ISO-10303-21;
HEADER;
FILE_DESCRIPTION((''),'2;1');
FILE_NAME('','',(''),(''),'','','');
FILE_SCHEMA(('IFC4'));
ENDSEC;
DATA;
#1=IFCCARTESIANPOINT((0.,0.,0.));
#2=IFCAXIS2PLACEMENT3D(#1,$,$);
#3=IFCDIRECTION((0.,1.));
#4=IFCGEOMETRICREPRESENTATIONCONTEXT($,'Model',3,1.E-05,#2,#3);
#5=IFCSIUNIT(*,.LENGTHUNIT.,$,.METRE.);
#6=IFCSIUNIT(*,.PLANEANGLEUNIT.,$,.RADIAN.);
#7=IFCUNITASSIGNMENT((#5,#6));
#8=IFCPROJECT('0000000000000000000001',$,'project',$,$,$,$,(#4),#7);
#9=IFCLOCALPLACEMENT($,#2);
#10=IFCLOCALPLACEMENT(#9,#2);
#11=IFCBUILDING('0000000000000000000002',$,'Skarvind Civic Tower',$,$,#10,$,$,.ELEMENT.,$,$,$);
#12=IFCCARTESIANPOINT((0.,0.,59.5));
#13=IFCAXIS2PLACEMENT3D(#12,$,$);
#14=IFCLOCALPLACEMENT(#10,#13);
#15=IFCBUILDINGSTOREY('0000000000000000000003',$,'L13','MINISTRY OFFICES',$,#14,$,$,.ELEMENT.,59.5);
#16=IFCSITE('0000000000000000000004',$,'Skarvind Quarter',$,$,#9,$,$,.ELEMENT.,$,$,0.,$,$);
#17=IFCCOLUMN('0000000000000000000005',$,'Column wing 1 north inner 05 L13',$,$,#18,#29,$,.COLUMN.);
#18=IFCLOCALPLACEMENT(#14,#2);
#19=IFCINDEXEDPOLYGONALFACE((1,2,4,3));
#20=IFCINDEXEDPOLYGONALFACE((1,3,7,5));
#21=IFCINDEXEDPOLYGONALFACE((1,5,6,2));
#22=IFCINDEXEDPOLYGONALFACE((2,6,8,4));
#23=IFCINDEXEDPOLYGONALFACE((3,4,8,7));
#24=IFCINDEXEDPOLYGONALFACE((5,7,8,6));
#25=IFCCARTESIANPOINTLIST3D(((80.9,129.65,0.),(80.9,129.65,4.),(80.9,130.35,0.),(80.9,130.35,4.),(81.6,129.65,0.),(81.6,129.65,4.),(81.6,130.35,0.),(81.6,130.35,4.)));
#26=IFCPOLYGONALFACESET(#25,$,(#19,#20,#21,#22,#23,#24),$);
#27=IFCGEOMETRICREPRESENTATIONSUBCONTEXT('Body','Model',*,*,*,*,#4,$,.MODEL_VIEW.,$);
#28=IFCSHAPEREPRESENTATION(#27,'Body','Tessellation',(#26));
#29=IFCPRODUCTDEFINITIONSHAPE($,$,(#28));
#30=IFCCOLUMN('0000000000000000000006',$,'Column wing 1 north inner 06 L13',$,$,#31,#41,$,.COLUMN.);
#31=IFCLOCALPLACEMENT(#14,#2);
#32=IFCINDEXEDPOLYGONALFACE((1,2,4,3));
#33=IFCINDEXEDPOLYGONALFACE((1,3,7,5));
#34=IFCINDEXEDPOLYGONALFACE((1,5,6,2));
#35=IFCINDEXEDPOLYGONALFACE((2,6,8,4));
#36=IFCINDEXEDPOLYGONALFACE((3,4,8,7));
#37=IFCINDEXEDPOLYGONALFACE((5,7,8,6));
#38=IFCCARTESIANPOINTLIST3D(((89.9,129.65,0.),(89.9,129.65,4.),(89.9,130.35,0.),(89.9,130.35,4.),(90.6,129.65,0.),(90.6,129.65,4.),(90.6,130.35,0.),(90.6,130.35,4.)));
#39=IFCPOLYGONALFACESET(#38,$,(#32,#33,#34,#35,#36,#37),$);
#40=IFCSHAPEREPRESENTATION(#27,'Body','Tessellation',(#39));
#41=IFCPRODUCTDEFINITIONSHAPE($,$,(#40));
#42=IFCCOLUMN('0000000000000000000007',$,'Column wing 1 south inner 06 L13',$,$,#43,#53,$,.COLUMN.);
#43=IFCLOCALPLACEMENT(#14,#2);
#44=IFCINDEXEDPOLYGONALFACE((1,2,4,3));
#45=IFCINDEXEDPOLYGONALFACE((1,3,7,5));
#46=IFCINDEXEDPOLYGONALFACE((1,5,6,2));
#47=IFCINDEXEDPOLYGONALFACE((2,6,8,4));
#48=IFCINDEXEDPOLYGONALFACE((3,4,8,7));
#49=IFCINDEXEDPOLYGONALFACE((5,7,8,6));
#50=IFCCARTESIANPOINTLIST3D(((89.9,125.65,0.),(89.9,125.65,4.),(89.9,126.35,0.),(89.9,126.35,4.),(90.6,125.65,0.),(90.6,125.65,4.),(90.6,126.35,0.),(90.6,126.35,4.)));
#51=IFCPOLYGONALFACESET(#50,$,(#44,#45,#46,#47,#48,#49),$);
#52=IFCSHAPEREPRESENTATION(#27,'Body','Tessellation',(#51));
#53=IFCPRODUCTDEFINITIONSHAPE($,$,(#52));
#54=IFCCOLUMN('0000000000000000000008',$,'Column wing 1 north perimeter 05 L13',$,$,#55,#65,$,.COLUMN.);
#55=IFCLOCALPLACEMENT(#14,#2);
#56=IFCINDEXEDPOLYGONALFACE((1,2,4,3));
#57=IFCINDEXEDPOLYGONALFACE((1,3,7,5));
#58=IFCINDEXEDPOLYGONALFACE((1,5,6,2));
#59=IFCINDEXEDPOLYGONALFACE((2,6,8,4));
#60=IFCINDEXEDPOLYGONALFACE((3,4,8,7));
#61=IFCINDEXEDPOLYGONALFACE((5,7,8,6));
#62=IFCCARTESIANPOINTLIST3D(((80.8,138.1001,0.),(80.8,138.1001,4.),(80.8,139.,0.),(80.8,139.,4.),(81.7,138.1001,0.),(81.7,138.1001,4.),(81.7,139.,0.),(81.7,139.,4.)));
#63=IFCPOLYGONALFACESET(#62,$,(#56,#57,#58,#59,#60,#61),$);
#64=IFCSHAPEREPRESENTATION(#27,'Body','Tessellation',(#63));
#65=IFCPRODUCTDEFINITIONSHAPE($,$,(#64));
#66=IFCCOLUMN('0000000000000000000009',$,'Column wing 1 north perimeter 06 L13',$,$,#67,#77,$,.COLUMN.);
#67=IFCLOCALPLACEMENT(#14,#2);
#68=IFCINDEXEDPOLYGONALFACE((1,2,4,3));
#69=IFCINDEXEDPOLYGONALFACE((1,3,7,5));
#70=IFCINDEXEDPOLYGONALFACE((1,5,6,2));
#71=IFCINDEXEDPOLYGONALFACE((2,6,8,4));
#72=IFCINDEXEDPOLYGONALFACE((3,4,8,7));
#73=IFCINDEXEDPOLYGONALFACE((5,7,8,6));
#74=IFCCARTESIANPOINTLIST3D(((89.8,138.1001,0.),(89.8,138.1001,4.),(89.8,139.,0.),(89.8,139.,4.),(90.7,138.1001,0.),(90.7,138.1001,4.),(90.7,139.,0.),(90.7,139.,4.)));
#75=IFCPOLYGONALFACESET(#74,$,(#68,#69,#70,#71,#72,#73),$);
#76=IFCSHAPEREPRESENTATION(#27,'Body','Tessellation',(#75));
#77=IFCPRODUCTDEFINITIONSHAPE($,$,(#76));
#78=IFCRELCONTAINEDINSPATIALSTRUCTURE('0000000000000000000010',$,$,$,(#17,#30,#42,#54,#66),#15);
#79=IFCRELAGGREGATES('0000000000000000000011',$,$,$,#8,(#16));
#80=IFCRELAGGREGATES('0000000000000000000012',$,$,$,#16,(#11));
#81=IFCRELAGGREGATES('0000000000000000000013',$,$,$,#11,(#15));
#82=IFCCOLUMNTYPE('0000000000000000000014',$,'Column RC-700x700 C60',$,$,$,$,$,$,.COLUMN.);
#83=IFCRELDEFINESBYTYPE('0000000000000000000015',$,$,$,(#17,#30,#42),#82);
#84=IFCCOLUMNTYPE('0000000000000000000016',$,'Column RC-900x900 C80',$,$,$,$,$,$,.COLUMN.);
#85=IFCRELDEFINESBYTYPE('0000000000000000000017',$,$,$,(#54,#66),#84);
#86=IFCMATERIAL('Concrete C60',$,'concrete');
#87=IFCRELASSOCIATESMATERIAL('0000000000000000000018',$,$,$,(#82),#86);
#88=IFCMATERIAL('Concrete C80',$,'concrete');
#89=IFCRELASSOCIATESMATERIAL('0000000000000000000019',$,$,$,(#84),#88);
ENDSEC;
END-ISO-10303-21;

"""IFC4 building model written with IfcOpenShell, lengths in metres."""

from ifc_helpers import new_model, si_unit, direction, frame, origin, origin_2d, place, context, subcontext, project, spatial, rectangle, extrude, material, material_profile, profile_set, type_object, element, save


model = new_model("IFC4")

# Units and contexts
model_context = context("Model", 3, precision=1e-05, world=origin(), true_north=direction((0.0, 1.0)))
body_context = subcontext(model_context, "Body", "Model", "MODEL_VIEW")
ifc_project = project(units=[si_unit("LENGTHUNIT", "METRE"), si_unit("PLANEANGLEUNIT", "RADIAN")], contexts=[model_context])

# Site, building, storey
site_placement = place(None, origin())
site = spatial("IfcSite", under=ifc_project, at=site_placement, Name="Skarvind Quarter", CompositionType="ELEMENT", RefElevation=0.0)
building_placement = place(site_placement, origin())
building = spatial("IfcBuilding", under=site, at=building_placement, Name="Skarvind Civic Tower", CompositionType="ELEMENT")
storey_placement = place(building_placement, frame((0.0, 0.0, 59.5)))
storey = spatial("IfcBuildingStorey", under=building, at=storey_placement, Name="L13", Description="MINISTRY OFFICES", CompositionType="ELEMENT", Elevation=59.5)

# Columns
ifc_material_1 = material(Name="Concrete C60", Category="concrete")
ifc_material_profile_1 = material_profile(ifc_material_1, rectangle(XDim=0.7, YDim=0.7, at=origin_2d()), Name="RC-700x700")
ifc_profile_set_1 = profile_set([ifc_material_profile_1], Name="Concrete C60")
column_type_1 = type_object("IfcColumnType", Name="Column RC-700x700 C60", PredefinedType="COLUMN", material=ifc_profile_set_1)
for number, where, z_axis, x_axis, name in (
    (1, (81.25, 130.0, 0.0), (0.0, 0.0, 1.0), (1.0, 0.0, 0.0), "Column wing 1 north inner 05 L13"),
    (2, (90.25, 130.0, 0.0), (0.0, 0.0, 1.0), (1.0, 0.0, 0.0), "Column wing 1 north inner 06 L13"),
    (3, (90.25, 126.0, 0.0), (0.0, 0.0, 1.0), (1.0, 0.0, 0.0), "Column wing 1 south inner 06 L13"),
):
    element("IfcColumn", number, at=place(storey_placement, frame(where, z_axis=z_axis, x_axis=x_axis)), inside=storey, type_object=column_type_1, Name=name, PredefinedType="COLUMN", context=body_context, shape_type="SweptSolid", body=[
        extrude(rectangle(XDim=0.7, YDim=0.7, at=origin_2d()), origin(), (0.0, 0.0, 1.0), 4.0),
    ])
ifc_material_2 = material(Name="Concrete C80", Category="concrete")
ifc_material_profile_2 = material_profile(ifc_material_2, rectangle(XDim=0.8999, YDim=0.8999, at=origin_2d()), Name="RC-900x900")
ifc_profile_set_2 = profile_set([ifc_material_profile_2], Name="Concrete C80")
column_type_2 = type_object("IfcColumnType", Name="Column RC-900x900 C80", PredefinedType="COLUMN", material=ifc_profile_set_2)
for number, where, z_axis, x_axis, name in (
    (4, (81.25, 138.55, 0.0), (0.0, 0.0, 1.0), (1.0, 0.0, 0.0), "Column wing 1 north perimeter 05 L13"),
    (5, (90.25, 138.55, 0.0), (0.0, 0.0, 1.0), (1.0, 0.0, 0.0), "Column wing 1 north perimeter 06 L13"),
):
    element("IfcColumn", number, at=place(storey_placement, frame(where, z_axis=z_axis, x_axis=x_axis)), inside=storey, type_object=column_type_2, Name=name, PredefinedType="COLUMN", context=body_context, shape_type="SweptSolid", body=[
        extrude(rectangle(XDim=0.8999, YDim=0.8999, at=origin_2d()), origin(), (0.0, 0.0, 1.0), 4.0),
    ])

save(model, "model.ifc")
